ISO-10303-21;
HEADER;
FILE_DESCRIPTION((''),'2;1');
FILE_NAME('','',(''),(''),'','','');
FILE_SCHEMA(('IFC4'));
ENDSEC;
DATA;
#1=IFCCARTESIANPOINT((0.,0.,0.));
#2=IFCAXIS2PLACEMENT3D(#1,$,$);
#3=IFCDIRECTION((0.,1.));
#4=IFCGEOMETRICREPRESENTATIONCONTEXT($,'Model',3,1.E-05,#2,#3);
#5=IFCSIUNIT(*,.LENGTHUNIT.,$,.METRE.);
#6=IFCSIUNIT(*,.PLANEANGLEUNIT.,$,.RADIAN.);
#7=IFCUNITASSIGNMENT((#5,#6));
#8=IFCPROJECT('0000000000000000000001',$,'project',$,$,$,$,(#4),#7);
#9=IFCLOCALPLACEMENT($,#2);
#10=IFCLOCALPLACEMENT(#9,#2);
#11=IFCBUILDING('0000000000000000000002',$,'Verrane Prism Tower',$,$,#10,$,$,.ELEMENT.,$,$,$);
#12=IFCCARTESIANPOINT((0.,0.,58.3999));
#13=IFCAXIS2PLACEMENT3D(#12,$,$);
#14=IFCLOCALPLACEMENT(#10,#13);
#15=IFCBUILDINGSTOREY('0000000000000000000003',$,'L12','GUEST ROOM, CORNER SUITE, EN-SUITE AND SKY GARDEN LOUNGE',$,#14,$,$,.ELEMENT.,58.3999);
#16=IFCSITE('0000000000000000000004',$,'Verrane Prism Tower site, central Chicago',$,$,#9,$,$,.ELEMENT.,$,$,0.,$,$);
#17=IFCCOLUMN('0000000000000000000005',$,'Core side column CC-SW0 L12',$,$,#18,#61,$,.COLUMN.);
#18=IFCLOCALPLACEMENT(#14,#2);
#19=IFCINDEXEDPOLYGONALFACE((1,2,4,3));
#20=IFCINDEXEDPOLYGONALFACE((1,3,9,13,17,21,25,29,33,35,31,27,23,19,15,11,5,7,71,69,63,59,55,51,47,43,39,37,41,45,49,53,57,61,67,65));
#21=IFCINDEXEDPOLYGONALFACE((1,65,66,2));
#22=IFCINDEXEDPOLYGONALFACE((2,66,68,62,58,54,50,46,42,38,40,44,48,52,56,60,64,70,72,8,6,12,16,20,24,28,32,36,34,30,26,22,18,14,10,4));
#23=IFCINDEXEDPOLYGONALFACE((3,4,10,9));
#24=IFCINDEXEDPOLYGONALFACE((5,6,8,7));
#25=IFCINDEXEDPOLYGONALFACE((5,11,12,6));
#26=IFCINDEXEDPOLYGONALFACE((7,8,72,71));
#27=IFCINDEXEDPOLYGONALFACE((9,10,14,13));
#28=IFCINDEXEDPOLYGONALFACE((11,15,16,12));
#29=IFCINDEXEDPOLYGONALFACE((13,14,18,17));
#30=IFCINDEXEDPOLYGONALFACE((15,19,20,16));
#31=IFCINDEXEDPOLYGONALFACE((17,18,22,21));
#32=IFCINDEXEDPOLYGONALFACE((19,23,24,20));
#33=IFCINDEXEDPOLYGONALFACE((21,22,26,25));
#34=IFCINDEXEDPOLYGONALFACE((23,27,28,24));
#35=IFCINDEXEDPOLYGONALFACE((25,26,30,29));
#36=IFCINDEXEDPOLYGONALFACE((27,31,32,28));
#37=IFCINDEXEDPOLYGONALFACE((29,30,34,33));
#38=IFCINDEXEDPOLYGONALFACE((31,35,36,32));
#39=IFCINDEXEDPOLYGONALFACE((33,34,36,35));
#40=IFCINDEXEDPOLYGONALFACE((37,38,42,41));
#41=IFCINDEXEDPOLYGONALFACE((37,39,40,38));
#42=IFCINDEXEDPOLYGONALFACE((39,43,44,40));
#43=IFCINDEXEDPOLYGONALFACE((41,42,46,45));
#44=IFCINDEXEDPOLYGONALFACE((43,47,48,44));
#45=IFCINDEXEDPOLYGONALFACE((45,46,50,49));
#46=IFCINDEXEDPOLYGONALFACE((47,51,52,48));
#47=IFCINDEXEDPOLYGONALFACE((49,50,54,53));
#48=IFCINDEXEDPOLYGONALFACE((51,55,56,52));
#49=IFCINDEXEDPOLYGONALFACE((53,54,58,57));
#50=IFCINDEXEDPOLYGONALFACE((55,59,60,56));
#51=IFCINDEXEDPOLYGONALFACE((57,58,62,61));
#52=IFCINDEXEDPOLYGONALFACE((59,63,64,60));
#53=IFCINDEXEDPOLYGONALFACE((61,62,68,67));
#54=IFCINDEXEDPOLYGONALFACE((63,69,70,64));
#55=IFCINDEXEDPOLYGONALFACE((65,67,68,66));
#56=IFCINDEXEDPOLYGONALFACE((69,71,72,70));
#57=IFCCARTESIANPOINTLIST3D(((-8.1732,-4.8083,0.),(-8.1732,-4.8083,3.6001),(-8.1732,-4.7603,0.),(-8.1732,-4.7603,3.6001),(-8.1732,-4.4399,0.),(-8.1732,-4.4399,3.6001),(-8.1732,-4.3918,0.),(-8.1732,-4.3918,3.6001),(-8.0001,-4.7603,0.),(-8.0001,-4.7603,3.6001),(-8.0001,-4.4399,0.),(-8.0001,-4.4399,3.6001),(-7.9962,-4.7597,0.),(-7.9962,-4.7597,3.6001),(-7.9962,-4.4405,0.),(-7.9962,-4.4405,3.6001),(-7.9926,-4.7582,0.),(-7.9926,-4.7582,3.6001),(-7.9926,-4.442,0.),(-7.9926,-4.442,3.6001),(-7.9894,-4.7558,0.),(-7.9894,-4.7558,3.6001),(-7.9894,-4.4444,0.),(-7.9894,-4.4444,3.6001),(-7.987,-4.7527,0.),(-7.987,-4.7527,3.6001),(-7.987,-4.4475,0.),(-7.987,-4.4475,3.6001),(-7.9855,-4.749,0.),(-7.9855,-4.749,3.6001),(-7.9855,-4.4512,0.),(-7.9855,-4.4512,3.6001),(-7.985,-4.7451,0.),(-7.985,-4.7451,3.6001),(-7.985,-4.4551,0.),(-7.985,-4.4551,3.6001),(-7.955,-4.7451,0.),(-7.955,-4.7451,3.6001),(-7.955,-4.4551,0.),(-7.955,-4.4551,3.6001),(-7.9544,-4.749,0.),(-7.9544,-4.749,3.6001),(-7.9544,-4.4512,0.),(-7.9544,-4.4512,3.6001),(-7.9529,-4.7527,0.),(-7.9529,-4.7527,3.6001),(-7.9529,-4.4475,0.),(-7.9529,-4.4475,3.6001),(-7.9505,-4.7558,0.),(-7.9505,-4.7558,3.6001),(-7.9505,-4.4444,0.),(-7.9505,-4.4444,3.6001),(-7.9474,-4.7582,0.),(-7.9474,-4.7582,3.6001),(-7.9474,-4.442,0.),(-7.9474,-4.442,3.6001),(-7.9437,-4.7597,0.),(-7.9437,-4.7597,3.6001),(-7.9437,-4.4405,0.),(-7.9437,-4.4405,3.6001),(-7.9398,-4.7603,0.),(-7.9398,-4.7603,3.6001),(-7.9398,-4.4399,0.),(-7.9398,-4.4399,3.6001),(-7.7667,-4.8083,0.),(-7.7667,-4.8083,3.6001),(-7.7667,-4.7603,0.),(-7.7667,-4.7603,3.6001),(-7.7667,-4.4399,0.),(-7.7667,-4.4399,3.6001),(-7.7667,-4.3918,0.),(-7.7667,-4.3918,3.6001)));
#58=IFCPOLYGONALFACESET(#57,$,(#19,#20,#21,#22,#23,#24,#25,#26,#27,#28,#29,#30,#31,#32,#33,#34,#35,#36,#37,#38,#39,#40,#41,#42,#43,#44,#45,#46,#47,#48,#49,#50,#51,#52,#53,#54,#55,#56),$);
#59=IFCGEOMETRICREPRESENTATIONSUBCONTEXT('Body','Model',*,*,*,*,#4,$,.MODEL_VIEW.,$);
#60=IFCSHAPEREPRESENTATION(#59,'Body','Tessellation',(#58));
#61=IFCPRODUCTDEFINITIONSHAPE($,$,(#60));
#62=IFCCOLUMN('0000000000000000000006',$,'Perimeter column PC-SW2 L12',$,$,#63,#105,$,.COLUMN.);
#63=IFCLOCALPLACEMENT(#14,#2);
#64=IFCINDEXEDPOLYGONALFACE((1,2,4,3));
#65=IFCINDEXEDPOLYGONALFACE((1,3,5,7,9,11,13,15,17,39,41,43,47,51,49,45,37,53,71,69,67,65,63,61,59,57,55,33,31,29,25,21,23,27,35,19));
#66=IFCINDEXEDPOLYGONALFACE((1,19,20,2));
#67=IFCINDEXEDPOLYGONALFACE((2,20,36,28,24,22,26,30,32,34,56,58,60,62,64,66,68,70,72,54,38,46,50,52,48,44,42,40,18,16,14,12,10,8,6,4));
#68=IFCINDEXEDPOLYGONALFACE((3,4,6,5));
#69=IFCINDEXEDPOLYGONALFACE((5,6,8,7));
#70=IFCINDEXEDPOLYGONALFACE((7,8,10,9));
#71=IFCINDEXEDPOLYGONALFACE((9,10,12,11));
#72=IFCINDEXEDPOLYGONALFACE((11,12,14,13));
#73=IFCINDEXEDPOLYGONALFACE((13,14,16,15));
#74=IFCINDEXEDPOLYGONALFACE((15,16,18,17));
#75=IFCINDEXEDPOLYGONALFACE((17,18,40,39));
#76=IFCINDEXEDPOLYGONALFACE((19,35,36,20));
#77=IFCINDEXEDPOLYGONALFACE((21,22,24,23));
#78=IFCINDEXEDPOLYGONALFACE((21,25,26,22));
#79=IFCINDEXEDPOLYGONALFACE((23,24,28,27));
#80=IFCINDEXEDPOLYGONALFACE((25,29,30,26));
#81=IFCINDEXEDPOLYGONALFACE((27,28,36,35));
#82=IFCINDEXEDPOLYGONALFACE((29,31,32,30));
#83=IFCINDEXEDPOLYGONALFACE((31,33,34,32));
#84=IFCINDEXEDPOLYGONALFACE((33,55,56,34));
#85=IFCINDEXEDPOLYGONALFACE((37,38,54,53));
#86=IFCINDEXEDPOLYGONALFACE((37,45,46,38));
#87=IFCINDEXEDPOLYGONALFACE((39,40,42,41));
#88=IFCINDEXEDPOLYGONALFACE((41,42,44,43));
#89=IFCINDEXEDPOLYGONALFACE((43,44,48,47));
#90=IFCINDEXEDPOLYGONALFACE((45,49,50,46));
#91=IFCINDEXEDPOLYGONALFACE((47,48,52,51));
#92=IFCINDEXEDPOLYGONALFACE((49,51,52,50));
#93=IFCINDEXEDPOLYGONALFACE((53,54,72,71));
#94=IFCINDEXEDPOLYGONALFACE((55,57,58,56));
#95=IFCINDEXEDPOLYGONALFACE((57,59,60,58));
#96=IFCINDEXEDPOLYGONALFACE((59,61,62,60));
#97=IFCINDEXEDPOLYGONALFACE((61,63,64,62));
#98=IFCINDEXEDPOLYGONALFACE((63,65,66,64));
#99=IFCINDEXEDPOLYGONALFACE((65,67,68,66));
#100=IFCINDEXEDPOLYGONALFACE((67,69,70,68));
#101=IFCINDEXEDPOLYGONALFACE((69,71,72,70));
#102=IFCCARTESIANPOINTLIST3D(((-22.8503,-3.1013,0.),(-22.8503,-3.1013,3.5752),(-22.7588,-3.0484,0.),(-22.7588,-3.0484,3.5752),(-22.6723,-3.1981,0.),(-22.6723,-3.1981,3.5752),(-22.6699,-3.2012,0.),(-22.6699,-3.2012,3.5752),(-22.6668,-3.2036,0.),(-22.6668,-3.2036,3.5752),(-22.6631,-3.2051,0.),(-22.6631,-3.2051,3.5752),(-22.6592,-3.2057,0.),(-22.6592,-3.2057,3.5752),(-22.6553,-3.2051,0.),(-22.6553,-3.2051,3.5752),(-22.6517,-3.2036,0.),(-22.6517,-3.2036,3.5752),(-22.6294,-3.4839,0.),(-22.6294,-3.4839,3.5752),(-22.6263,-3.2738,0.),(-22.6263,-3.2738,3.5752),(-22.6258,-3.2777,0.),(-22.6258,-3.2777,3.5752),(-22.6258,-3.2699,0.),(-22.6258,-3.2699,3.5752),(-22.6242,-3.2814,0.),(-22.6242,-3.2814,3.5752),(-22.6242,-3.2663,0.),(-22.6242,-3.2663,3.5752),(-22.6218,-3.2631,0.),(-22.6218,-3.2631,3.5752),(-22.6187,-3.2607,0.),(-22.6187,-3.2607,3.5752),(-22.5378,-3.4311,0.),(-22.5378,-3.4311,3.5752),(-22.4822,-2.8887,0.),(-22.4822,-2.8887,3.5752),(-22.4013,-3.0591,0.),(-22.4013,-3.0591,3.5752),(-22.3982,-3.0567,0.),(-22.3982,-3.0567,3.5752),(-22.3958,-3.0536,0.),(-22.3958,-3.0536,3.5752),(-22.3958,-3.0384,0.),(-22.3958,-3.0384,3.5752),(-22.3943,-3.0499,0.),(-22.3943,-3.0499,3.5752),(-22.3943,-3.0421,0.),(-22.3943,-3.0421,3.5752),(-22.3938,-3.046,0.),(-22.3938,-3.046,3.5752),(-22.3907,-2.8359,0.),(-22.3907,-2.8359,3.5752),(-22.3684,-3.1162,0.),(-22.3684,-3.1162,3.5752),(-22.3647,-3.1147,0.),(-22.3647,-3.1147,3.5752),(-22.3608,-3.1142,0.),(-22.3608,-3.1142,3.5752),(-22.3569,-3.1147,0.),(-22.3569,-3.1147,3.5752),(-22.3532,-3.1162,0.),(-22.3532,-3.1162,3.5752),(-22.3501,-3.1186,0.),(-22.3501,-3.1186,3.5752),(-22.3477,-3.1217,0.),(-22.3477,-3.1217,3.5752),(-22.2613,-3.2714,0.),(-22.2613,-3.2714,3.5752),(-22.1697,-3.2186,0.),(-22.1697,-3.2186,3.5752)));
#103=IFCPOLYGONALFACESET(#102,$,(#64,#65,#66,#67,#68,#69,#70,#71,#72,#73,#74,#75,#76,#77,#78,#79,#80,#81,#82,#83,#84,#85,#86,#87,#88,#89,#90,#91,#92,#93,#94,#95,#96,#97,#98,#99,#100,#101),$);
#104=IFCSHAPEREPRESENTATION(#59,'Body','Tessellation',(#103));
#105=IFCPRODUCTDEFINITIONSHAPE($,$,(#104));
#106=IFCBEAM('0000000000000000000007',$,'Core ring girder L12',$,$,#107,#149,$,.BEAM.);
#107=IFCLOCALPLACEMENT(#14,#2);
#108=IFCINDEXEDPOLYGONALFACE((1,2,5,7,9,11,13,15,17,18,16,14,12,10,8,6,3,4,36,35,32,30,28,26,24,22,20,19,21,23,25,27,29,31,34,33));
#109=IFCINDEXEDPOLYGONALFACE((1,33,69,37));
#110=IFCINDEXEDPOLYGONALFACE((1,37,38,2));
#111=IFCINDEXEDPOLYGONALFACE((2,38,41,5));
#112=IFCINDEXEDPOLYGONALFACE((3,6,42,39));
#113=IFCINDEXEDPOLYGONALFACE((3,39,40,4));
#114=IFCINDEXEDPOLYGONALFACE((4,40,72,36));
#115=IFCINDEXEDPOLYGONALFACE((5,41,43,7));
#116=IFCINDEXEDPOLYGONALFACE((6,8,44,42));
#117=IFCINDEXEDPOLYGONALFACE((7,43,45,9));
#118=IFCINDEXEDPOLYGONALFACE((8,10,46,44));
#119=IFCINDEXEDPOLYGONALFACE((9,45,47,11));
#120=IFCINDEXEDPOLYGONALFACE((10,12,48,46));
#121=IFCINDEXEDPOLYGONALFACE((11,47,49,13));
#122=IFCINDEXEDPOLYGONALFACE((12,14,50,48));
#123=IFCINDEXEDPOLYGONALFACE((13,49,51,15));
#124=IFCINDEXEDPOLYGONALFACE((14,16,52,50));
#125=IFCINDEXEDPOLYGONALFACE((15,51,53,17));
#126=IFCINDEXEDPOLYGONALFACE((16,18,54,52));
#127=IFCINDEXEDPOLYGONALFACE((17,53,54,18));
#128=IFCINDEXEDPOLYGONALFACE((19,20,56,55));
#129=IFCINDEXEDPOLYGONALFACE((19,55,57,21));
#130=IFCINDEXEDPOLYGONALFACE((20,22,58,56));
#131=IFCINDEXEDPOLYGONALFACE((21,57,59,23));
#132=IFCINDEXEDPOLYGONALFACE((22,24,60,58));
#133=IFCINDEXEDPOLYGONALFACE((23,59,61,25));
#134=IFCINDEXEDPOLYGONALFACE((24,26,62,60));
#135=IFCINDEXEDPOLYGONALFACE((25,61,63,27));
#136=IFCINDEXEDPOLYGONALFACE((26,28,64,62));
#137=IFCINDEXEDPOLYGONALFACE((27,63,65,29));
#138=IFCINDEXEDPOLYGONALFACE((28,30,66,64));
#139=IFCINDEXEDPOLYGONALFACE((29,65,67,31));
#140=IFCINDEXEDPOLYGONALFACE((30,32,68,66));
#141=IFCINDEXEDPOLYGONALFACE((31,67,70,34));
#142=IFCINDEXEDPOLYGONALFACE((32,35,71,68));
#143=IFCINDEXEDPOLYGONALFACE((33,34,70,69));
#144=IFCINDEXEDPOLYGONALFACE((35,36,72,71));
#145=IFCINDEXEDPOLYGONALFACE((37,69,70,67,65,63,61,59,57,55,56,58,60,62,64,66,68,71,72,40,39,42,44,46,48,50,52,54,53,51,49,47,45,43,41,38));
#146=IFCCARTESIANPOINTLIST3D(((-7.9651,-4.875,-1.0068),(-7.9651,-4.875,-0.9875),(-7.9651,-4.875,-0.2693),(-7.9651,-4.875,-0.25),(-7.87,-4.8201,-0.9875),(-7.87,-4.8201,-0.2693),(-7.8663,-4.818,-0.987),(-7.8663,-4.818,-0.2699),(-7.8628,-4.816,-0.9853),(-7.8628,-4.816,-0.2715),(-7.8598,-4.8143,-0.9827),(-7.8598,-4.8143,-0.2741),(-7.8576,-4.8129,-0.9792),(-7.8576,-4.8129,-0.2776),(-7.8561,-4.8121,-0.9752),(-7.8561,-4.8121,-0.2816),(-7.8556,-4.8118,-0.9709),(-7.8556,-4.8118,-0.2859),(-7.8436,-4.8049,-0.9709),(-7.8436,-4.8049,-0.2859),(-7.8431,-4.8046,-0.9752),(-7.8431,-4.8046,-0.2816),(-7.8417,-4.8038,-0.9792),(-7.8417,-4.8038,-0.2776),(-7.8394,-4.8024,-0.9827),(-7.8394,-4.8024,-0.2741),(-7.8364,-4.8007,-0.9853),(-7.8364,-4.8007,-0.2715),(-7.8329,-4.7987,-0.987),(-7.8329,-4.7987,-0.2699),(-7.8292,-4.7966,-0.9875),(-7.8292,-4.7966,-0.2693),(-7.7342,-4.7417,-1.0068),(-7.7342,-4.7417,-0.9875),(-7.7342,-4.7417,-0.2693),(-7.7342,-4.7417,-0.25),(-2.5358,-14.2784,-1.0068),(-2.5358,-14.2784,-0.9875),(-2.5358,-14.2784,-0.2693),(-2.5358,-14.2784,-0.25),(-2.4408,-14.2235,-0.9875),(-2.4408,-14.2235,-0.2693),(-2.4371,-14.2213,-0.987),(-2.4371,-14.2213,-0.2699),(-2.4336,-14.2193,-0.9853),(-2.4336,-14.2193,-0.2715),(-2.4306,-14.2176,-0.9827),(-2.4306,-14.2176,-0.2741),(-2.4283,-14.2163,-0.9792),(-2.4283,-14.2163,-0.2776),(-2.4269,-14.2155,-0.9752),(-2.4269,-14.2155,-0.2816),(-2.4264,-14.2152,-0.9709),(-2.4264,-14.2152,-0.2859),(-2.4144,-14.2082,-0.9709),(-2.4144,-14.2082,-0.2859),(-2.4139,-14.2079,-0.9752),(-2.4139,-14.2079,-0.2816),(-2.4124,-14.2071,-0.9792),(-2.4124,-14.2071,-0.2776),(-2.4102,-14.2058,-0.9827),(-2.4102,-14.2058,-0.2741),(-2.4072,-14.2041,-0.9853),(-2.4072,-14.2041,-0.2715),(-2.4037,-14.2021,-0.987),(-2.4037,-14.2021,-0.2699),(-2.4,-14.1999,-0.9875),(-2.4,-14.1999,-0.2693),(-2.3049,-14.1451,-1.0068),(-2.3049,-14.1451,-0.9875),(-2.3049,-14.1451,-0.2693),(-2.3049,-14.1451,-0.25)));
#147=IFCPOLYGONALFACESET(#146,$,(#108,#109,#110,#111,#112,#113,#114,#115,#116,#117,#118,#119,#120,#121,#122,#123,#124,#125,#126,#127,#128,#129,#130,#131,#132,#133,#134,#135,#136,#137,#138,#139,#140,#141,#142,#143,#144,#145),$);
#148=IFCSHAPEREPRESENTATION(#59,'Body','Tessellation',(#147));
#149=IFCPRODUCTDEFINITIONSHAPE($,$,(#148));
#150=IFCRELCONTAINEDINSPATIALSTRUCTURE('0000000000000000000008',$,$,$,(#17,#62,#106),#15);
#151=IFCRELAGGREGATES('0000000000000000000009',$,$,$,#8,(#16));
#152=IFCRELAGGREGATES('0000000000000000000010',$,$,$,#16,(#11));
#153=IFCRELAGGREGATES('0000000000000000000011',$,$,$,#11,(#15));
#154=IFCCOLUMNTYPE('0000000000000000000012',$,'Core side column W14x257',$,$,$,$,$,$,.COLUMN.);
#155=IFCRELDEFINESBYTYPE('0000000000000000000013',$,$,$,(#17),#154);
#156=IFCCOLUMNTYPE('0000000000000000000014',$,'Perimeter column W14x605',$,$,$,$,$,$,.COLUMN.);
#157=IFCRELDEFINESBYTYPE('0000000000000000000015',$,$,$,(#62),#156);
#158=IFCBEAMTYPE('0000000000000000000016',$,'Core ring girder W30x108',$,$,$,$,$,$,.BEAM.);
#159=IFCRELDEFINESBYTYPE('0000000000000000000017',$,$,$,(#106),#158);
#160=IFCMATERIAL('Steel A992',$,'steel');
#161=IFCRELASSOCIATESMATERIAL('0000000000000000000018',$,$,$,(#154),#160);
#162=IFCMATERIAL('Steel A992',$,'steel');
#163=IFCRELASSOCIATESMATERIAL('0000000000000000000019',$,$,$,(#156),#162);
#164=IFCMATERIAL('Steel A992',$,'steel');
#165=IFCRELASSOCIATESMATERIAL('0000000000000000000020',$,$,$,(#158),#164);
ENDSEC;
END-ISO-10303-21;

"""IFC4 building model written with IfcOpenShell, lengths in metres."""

from ifc_helpers import new_model, si_unit, direction, frame, origin, origin_2d, place, context, subcontext, project, spatial, i_section, extrude, material, material_profile, profile_set, type_object, element, save


model = new_model("IFC4")

# Units and contexts
model_context = context("Model", 3, precision=1e-05, world=origin(), true_north=direction((0.0, 1.0)))
body_context = subcontext(model_context, "Body", "Model", "MODEL_VIEW")
ifc_project = project(units=[si_unit("LENGTHUNIT", "METRE"), si_unit("PLANEANGLEUNIT", "RADIAN")], contexts=[model_context])

# Site, building, storey
site_placement = place(None, origin())
site = spatial("IfcSite", under=ifc_project, at=site_placement, Name="Verrane Prism Tower site, central Chicago", CompositionType="ELEMENT", RefElevation=0.0)
building_placement = place(site_placement, origin())
building = spatial("IfcBuilding", under=site, at=building_placement, Name="Verrane Prism Tower", CompositionType="ELEMENT")
storey_placement = place(building_placement, frame((0.0, 0.0, 58.3999)))
storey = spatial("IfcBuildingStorey", under=building, at=storey_placement, Name="L12", Description="GUEST ROOM, CORNER SUITE, EN-SUITE AND SKY GARDEN LOUNGE", CompositionType="ELEMENT", Elevation=58.3999)

# Columns
ifc_material_1 = material(Name="Steel A992", Category="steel")
ifc_material_profile_1 = material_profile(ifc_material_1, i_section(OverallWidth=0.4065, OverallDepth=0.4165, WebThickness=0.03, FlangeThickness=0.0481, FilletRadius=0.0151, at=origin_2d()), Name="W14x257")
ifc_profile_set_1 = profile_set([ifc_material_profile_1], Name="Steel A992")
column_type_1 = type_object("IfcColumnType", Name="Core side column W14x257", PredefinedType="COLUMN", material=ifc_profile_set_1)
column_1_placement = place(storey_placement, frame((-7.97, -4.6001, 0.0), z_axis=(0.0, 0.0, 1.0), x_axis=(1.0, 0.0, 0.0)))
element("IfcColumn", 1, at=column_1_placement, inside=storey, type_object=column_type_1, Name="Core side column CC-SW0 L12", PredefinedType="COLUMN", context=body_context, shape_type="SweptSolid", body=[
    extrude(i_section(OverallWidth=0.4065, OverallDepth=0.4165, WebThickness=0.03, FlangeThickness=0.0481, FilletRadius=0.0151, at=origin_2d()), origin(), (0.0, 0.0, 1.0), 3.6001),
])
ifc_material_2 = material(Name="Steel A992", Category="steel")
ifc_material_profile_2 = material_profile(ifc_material_2, i_section(OverallWidth=0.4419, OverallDepth=0.5308, WebThickness=0.0659, FlangeThickness=0.1057, FilletRadius=0.0151, at=origin_2d()), Name="W14x605")
ifc_profile_set_2 = profile_set([ifc_material_profile_2], Name="Steel A992")
column_type_2 = type_object("IfcColumnType", Name="Perimeter column W14x605", PredefinedType="COLUMN", material=ifc_profile_set_2)
column_2_placement = place(storey_placement, frame((-22.51, -3.1599, 0.0), z_axis=(0.0, 0.0, 1.0), x_axis=(-0.5, 0.866025, 0.0)))
element("IfcColumn", 2, at=column_2_placement, inside=storey, type_object=column_type_2, Name="Perimeter column PC-SW2 L12", PredefinedType="COLUMN", context=body_context, shape_type="SweptSolid", body=[
    extrude(i_section(OverallWidth=0.4419, OverallDepth=0.5308, WebThickness=0.0659, FlangeThickness=0.1057, FilletRadius=0.0151, at=origin_2d()), origin(), (0.0, 0.0, 1.0), 3.5752),
])

# Beam
ifc_material_3 = material(Name="Steel A992", Category="steel")
ifc_material_profile_3 = material_profile(ifc_material_3, i_section(OverallWidth=0.2666, OverallDepth=0.7568, WebThickness=0.0139, FlangeThickness=0.0193, FilletRadius=0.0166, at=origin_2d()), Name="W30x108")
ifc_profile_set_3 = profile_set([ifc_material_profile_3], Name="Steel A992")
beam_type_1 = type_object("IfcBeamType", Name="Core ring girder W30x108", PredefinedType="BEAM", material=ifc_profile_set_3)
beam_1_placement = place(storey_placement, frame((-7.8496, -4.8083, -0.6284), z_axis=(0.500013, -0.866018, 0.0), x_axis=(0.866018, 0.500013, 0.0)))
element("IfcBeam", 3, at=beam_1_placement, inside=storey, type_object=beam_type_1, Name="Core ring girder L12", PredefinedType="BEAM", context=body_context, shape_type="SweptSolid", body=[
    extrude(i_section(OverallWidth=0.2666, OverallDepth=0.7568, WebThickness=0.0139, FlangeThickness=0.0193, FilletRadius=0.0166, at=origin_2d()), origin(), (0.0, 0.0, 1.0), 10.8582),
])

save(model, "model.ifc")
